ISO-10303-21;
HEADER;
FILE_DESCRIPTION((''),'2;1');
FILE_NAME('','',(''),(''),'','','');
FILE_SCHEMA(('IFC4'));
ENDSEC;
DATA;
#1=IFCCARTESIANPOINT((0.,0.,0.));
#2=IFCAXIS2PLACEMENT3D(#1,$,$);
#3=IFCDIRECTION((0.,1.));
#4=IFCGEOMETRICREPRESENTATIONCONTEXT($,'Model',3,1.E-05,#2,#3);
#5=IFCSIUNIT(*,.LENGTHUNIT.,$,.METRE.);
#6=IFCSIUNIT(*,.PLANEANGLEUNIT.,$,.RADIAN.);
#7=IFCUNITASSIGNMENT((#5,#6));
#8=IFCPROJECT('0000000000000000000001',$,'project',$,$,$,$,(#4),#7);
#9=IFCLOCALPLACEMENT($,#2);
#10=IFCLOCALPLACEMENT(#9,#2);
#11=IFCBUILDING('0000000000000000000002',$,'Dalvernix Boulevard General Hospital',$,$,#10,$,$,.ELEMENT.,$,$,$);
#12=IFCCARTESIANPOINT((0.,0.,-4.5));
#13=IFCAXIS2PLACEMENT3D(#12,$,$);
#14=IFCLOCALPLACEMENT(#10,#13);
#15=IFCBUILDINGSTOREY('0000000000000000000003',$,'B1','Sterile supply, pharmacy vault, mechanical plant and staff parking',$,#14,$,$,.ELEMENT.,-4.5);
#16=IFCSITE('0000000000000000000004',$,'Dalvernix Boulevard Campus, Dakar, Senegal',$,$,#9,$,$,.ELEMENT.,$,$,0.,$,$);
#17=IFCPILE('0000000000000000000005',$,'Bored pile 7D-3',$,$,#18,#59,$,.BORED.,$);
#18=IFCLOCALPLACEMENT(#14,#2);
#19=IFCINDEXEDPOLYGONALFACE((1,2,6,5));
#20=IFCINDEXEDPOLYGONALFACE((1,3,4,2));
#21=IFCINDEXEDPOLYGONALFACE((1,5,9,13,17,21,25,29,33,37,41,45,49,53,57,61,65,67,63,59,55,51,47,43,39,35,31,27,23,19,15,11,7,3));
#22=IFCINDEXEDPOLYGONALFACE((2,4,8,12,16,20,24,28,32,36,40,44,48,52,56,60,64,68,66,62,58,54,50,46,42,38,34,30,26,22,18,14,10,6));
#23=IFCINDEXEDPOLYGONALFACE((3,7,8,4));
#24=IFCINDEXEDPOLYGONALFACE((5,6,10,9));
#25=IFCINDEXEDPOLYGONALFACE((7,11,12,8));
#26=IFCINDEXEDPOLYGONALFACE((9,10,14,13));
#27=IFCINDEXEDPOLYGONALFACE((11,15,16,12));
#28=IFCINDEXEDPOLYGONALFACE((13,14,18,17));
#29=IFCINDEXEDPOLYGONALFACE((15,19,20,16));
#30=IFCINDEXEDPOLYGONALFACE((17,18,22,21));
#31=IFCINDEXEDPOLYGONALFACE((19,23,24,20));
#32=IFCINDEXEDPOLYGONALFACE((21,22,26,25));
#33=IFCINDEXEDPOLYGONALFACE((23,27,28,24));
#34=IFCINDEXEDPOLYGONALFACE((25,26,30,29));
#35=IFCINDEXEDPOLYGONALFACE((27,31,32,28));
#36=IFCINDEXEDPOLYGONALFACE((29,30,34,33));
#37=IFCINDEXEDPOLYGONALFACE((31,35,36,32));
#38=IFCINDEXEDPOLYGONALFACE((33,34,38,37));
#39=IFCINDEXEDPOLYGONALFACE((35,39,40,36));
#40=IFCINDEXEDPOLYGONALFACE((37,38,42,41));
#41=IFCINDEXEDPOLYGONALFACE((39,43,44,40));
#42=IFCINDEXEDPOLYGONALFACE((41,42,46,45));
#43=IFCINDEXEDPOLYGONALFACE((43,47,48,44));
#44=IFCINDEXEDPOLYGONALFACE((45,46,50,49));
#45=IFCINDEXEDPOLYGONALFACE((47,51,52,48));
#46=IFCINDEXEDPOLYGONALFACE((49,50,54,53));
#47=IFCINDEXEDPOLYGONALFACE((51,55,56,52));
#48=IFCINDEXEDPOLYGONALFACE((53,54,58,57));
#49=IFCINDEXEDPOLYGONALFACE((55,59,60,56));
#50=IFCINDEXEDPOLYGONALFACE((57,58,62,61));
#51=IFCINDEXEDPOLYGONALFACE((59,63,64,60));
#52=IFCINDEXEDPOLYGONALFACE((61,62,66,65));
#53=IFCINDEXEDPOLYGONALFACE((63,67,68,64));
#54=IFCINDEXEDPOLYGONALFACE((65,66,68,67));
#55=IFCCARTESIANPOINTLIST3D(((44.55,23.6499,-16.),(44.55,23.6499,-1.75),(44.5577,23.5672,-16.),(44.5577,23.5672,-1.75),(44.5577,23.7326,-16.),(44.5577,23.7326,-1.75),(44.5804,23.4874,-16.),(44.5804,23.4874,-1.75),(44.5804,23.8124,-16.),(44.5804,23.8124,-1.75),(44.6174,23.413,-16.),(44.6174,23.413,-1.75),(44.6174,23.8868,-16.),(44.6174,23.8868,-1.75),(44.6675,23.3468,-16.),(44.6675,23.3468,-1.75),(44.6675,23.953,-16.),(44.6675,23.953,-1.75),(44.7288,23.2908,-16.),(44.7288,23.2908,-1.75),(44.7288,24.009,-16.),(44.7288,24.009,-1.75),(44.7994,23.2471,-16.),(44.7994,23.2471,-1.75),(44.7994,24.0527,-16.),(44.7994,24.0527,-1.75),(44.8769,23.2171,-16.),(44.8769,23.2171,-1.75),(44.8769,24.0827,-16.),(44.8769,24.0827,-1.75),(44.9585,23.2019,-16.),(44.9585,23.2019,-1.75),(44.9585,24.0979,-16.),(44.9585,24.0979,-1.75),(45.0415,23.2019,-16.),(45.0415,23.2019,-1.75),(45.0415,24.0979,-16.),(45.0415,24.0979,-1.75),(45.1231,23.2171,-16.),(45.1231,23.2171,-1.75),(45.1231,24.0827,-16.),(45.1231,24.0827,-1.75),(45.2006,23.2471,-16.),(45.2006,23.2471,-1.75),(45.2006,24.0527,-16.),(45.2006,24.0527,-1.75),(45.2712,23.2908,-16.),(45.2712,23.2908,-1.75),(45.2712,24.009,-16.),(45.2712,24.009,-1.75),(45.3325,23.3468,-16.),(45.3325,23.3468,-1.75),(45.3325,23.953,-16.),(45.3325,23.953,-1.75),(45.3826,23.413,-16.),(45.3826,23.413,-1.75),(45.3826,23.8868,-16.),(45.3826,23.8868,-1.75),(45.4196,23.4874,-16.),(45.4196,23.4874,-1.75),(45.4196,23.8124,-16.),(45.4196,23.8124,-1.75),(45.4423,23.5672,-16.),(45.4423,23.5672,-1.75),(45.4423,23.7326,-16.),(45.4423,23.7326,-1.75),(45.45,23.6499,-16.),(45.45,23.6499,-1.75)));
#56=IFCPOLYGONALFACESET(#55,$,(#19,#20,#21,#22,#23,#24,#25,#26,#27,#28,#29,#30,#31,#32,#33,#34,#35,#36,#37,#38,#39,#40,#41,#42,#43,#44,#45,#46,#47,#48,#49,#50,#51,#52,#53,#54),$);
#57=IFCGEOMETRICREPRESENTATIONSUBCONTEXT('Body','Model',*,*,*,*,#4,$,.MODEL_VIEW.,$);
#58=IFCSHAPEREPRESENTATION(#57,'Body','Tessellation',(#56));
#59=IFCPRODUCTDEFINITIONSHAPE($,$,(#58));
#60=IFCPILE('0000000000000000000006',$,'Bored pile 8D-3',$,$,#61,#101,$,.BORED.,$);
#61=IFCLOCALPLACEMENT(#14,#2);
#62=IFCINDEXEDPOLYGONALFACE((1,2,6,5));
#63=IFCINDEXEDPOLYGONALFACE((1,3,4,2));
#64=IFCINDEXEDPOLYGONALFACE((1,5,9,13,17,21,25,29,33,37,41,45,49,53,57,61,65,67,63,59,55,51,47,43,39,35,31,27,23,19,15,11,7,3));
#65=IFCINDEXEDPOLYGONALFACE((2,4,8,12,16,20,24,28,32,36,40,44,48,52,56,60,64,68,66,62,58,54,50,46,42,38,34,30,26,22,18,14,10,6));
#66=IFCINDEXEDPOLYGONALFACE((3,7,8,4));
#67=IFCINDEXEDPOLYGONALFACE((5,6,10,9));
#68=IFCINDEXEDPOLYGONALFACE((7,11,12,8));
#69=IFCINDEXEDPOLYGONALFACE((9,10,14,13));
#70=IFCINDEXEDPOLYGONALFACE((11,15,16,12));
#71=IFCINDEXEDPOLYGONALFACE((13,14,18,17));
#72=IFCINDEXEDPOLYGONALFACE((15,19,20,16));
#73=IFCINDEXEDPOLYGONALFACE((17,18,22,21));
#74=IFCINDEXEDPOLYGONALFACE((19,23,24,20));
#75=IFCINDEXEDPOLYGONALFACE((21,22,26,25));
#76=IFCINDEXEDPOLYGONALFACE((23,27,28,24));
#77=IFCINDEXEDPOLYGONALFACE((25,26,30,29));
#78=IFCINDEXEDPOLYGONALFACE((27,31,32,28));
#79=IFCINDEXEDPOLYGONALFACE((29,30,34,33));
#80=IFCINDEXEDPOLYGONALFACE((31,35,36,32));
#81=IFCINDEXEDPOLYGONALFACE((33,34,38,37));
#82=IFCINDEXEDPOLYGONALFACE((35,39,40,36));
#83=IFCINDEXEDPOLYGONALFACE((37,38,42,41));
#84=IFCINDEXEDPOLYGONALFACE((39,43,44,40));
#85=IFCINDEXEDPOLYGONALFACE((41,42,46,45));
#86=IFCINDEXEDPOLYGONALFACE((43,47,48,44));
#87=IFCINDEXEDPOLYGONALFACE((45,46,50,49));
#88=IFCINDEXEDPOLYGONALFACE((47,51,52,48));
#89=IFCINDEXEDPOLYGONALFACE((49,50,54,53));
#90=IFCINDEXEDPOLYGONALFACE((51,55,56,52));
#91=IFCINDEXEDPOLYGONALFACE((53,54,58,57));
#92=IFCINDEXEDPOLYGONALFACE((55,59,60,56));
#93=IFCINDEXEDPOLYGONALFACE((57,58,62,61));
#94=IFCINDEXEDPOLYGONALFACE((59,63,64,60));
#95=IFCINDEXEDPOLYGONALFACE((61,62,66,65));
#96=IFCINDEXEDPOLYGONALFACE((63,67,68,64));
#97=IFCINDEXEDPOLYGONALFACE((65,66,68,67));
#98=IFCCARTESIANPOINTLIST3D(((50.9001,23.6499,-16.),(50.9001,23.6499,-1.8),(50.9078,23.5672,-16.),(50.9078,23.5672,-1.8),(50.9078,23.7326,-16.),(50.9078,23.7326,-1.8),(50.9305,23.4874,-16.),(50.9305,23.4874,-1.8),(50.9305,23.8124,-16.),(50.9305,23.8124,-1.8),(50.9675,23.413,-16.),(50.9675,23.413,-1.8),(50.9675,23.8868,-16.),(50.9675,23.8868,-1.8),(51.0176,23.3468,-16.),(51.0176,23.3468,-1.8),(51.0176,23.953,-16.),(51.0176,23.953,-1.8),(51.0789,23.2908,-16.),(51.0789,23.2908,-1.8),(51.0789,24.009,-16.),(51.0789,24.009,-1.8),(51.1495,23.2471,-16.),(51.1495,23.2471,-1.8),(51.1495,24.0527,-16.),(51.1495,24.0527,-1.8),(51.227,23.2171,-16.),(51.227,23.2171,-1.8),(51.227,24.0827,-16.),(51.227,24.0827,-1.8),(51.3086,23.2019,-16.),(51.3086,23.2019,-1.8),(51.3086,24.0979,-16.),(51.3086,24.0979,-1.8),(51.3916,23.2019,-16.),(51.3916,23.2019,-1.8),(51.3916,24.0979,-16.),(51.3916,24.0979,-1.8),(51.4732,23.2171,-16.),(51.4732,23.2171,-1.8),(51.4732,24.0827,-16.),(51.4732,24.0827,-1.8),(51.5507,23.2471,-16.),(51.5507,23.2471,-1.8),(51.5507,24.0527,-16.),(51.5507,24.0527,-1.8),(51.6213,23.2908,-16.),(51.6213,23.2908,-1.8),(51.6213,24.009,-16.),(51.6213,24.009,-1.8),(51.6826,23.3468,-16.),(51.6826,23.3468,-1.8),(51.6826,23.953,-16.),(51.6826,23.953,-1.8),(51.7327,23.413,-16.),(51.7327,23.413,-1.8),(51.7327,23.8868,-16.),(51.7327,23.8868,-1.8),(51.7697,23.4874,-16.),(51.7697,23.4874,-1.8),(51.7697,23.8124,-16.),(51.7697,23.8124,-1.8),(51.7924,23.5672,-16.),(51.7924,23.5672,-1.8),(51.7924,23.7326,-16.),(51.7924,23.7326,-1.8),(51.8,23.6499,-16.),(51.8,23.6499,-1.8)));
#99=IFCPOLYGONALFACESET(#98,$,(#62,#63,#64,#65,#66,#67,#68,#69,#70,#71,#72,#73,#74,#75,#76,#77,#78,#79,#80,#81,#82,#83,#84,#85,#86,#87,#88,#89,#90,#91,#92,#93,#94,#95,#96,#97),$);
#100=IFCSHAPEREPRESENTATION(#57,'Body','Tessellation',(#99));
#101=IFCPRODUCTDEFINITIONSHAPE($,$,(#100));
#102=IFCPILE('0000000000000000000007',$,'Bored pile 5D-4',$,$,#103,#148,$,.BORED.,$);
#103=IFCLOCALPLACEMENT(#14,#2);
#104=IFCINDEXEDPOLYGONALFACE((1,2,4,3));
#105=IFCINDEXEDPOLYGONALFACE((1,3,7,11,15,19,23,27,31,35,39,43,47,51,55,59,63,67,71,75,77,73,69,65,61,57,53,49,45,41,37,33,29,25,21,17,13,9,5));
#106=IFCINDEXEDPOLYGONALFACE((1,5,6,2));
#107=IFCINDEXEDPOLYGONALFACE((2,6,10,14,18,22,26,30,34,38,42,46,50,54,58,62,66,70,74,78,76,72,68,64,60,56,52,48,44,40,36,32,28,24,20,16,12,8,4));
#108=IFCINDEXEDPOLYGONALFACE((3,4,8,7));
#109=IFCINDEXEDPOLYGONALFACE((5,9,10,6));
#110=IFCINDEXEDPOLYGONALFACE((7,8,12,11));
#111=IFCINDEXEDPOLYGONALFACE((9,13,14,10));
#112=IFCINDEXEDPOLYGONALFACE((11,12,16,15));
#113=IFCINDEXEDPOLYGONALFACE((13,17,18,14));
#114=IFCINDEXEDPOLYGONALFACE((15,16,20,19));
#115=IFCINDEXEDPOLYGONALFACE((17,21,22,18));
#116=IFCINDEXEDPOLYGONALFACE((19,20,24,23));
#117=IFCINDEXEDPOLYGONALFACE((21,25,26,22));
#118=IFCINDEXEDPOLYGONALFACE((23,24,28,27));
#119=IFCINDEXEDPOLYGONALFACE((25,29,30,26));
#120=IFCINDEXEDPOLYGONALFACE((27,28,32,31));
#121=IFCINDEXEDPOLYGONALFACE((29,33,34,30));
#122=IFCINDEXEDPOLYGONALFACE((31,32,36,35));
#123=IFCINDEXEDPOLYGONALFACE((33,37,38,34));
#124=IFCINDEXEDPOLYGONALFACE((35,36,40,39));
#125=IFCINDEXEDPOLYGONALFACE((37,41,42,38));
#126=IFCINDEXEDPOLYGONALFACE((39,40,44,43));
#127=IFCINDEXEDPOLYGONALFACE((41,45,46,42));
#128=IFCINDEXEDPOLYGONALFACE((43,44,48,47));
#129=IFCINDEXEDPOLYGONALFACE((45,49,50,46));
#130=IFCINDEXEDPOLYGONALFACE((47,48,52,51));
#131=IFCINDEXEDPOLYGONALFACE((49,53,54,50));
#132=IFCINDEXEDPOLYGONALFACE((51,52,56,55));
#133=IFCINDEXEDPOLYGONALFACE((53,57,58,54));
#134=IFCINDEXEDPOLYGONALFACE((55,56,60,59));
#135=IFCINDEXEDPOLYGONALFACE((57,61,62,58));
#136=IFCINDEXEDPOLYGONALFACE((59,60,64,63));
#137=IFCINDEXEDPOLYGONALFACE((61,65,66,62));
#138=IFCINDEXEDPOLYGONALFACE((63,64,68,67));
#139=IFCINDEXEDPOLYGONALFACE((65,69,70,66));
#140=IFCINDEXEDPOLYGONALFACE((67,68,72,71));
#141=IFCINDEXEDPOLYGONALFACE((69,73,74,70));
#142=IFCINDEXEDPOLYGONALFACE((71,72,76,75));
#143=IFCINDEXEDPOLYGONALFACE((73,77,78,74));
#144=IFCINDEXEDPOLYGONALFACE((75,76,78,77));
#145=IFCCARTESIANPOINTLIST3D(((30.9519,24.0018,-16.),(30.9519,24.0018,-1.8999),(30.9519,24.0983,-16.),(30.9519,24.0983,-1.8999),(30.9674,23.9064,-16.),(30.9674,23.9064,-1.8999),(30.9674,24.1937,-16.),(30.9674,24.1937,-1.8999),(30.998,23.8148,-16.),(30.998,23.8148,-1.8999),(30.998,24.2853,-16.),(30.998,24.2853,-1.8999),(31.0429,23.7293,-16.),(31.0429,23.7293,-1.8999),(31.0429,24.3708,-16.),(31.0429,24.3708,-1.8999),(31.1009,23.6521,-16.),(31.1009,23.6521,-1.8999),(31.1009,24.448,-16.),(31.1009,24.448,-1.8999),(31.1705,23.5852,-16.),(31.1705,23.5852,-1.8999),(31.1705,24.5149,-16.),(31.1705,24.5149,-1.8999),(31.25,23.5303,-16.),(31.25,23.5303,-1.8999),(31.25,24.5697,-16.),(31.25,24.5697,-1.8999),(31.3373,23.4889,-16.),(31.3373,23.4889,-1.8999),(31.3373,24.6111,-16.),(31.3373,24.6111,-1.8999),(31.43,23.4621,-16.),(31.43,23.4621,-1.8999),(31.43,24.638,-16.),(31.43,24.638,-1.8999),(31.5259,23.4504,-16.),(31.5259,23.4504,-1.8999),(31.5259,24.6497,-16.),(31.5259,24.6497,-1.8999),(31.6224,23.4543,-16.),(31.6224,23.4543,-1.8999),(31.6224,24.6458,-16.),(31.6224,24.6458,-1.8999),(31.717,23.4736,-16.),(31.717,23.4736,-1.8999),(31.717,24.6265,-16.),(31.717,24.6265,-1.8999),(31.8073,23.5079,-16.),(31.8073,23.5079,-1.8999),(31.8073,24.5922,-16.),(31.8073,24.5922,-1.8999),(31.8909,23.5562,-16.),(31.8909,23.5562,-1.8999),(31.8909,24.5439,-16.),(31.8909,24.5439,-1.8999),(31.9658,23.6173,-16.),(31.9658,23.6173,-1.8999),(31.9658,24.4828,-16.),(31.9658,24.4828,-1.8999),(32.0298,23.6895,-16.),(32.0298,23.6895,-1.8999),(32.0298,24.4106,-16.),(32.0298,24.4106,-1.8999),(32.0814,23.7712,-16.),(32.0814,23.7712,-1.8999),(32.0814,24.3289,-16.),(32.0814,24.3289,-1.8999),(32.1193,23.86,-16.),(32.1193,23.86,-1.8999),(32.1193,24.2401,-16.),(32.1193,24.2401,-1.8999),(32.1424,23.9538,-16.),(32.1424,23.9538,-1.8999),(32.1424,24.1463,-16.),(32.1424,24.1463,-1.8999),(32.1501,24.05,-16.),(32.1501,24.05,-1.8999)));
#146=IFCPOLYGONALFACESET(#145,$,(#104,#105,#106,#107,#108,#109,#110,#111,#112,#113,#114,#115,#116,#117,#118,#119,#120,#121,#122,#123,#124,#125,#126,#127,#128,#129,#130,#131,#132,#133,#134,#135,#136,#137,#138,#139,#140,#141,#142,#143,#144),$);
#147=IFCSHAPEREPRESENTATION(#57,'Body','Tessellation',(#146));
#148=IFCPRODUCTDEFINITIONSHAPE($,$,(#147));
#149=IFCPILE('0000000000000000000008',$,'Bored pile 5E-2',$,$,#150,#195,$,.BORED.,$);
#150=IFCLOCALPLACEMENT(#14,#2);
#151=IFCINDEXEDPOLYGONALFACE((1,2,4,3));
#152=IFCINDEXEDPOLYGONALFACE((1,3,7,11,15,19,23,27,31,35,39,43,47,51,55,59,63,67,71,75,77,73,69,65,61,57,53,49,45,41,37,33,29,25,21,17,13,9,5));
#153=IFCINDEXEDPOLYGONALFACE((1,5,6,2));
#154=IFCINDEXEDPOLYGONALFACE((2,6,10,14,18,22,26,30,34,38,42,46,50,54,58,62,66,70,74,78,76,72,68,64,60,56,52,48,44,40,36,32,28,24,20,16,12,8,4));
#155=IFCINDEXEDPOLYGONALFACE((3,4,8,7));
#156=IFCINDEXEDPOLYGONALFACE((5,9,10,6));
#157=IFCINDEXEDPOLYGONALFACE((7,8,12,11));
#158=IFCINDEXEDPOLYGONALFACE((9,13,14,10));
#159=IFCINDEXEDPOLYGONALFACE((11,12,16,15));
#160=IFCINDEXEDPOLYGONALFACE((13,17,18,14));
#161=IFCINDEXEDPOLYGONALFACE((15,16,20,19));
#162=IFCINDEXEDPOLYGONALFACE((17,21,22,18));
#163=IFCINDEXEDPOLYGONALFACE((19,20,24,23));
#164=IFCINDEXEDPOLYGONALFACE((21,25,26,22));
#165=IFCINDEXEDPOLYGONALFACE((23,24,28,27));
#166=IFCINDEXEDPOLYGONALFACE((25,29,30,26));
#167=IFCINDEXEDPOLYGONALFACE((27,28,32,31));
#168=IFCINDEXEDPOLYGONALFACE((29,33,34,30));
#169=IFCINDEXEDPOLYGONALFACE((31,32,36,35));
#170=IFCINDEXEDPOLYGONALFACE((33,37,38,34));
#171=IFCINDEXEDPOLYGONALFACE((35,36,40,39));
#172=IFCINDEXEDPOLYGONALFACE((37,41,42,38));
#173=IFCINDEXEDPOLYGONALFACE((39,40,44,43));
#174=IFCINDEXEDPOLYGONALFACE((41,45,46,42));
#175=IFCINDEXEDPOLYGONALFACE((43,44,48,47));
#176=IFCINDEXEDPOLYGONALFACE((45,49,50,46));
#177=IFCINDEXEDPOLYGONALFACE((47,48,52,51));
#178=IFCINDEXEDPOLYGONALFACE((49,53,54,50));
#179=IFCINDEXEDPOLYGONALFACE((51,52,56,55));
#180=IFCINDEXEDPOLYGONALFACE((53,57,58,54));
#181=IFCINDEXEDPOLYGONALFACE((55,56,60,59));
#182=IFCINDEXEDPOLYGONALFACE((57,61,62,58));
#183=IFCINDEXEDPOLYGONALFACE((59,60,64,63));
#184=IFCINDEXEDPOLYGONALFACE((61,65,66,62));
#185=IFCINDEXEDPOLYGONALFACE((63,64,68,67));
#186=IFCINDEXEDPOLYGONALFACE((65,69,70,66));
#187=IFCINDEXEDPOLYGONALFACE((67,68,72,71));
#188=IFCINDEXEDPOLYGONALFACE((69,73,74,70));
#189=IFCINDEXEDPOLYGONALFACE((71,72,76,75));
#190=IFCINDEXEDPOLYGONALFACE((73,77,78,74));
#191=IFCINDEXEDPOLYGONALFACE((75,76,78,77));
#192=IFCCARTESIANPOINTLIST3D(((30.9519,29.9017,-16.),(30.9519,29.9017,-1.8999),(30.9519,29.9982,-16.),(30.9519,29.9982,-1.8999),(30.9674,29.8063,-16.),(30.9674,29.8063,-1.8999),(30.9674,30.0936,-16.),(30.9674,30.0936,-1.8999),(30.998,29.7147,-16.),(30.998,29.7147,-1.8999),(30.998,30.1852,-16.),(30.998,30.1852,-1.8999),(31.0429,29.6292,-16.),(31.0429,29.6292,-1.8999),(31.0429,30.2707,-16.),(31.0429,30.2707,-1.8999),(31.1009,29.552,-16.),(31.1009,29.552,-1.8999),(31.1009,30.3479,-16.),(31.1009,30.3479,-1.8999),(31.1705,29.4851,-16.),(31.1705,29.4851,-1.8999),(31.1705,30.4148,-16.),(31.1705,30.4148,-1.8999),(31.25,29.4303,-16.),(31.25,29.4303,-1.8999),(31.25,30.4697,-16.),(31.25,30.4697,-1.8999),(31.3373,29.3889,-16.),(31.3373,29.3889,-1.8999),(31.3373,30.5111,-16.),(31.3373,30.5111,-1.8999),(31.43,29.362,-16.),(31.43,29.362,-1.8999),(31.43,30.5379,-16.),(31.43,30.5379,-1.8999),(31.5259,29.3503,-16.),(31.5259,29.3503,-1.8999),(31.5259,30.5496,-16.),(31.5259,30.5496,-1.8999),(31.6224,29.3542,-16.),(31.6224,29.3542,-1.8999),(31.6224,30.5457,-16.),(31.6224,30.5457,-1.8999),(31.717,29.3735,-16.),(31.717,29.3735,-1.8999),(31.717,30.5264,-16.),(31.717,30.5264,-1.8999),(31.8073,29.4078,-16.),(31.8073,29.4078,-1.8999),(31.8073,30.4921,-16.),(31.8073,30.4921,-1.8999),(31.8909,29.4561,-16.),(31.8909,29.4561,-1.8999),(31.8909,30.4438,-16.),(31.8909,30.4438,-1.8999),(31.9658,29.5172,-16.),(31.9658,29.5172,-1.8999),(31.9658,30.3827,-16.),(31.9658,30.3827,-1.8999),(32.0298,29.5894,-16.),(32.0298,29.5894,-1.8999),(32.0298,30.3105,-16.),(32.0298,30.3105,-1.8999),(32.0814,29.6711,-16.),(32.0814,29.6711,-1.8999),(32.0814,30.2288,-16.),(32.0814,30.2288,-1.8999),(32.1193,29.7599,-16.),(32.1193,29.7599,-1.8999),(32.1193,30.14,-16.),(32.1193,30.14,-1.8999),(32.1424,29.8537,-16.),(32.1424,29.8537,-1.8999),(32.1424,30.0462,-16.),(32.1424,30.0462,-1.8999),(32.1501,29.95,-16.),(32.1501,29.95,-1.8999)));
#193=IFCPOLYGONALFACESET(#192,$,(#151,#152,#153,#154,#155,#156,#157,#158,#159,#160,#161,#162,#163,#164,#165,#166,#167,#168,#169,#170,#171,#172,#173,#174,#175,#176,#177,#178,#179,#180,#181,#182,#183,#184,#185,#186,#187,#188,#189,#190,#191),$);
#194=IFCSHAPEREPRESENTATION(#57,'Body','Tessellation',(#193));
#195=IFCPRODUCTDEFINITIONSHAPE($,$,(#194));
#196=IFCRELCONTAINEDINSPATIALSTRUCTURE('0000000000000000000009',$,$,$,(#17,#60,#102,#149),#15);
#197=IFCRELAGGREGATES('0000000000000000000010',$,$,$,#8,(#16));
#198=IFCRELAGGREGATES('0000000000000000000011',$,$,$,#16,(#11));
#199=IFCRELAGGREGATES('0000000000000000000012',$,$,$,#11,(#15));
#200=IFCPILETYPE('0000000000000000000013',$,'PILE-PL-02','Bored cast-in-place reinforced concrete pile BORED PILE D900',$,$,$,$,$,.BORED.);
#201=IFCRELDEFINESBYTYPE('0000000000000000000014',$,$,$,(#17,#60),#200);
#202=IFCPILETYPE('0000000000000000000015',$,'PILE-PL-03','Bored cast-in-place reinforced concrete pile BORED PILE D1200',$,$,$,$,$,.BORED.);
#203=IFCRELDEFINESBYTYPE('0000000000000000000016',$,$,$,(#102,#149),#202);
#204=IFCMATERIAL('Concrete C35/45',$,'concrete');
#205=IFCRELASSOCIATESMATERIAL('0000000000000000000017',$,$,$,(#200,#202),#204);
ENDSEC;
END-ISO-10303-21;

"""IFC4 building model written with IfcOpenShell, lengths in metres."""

from ifc_helpers import new_model, si_unit, direction, frame, origin, origin_2d, place, context, subcontext, project, spatial, circle, extrude, material, material_profile, profile_set, type_object, element, save


model = new_model("IFC4")

# Units and contexts
model_context = context("Model", 3, precision=1e-05, world=origin(), true_north=direction((0.0, 1.0)))
body_context = subcontext(model_context, "Body", "Model", "MODEL_VIEW")
ifc_project = project(units=[si_unit("LENGTHUNIT", "METRE"), si_unit("PLANEANGLEUNIT", "RADIAN")], contexts=[model_context])

# Site, building, storey
site_placement = place(None, origin())
site = spatial("IfcSite", under=ifc_project, at=site_placement, Name="Dalvernix Boulevard Campus, Dakar, Senegal", CompositionType="ELEMENT", RefElevation=0.0)
building_placement = place(site_placement, origin())
building = spatial("IfcBuilding", under=site, at=building_placement, Name="Dalvernix Boulevard General Hospital", CompositionType="ELEMENT")
storey_placement = place(building_placement, frame((0.0, 0.0, -4.5)))
storey = spatial("IfcBuildingStorey", under=building, at=storey_placement, Name="B1", Description="Sterile supply, pharmacy vault, mechanical plant and staff parking", CompositionType="ELEMENT", Elevation=-4.5)

# Shared definitions
ifc_material_1 = material(Name="Concrete C35/45", Category="concrete")

# Piles
ifc_material_profile_1 = material_profile(ifc_material_1, circle(Radius=0.45, at=origin_2d()), Name="BORED PILE D900")
ifc_profile_set_1 = profile_set([ifc_material_profile_1], Name="Concrete C35/45")
pile_type_1 = type_object("IfcPileType", Name="PILE-PL-02", Description="Bored cast-in-place reinforced concrete pile BORED PILE D900", PredefinedType="BORED", material=ifc_profile_set_1)
pile_1_placement = place(storey_placement, frame((45.0, 23.6499, -1.75), z_axis=(0.0, 0.0, -1.0), x_axis=(1.0, 0.0, 0.0)))
element("IfcPile", 1, at=pile_1_placement, inside=storey, type_object=pile_type_1, Name="Bored pile 7D-3", PredefinedType="BORED", context=body_context, shape_type="SweptSolid", body=[
    extrude(circle(Radius=0.45, at=origin_2d()), origin(), (0.0, 0.0, 1.0), 14.25),
])
pile_2_placement = place(storey_placement, frame((51.3501, 23.6499, -1.8), z_axis=(0.0, 0.0, -1.0), x_axis=(1.0, 0.0, 0.0)))
element("IfcPile", 2, at=pile_2_placement, inside=storey, type_object=pile_type_1, Name="Bored pile 8D-3", PredefinedType="BORED", context=body_context, shape_type="SweptSolid", body=[
    extrude(circle(Radius=0.45, at=origin_2d()), origin(), (0.0, 0.0, 1.0), 14.2),
])
ifc_material_profile_2 = material_profile(ifc_material_1, circle(Radius=0.6001, at=origin_2d()), Name="BORED PILE D1200")
ifc_profile_set_2 = profile_set([ifc_material_profile_2], Name="Concrete C35/45")
pile_type_2 = type_object("IfcPileType", Name="PILE-PL-03", Description="Bored cast-in-place reinforced concrete pile BORED PILE D1200", PredefinedType="BORED", material=ifc_profile_set_2)
for number, where, z_axis, x_axis, name in (
    (3, (31.55, 24.05, -1.8999), (0.0, 0.0, -1.0), (1.0, 0.0, 0.0), "Bored pile 5D-4"),
    (4, (31.55, 29.95, -1.8999), (0.0, 0.0, -1.0), (1.0, 0.0, 0.0), "Bored pile 5E-2"),
):
    element("IfcPile", number, at=place(storey_placement, frame(where, z_axis=z_axis, x_axis=x_axis)), inside=storey, type_object=pile_type_2, Name=name, PredefinedType="BORED", context=body_context, shape_type="SweptSolid", body=[
        extrude(circle(Radius=0.6001, at=origin_2d()), origin(), (0.0, 0.0, 1.0), 14.1001),
    ])

save(model, "model.ifc")
